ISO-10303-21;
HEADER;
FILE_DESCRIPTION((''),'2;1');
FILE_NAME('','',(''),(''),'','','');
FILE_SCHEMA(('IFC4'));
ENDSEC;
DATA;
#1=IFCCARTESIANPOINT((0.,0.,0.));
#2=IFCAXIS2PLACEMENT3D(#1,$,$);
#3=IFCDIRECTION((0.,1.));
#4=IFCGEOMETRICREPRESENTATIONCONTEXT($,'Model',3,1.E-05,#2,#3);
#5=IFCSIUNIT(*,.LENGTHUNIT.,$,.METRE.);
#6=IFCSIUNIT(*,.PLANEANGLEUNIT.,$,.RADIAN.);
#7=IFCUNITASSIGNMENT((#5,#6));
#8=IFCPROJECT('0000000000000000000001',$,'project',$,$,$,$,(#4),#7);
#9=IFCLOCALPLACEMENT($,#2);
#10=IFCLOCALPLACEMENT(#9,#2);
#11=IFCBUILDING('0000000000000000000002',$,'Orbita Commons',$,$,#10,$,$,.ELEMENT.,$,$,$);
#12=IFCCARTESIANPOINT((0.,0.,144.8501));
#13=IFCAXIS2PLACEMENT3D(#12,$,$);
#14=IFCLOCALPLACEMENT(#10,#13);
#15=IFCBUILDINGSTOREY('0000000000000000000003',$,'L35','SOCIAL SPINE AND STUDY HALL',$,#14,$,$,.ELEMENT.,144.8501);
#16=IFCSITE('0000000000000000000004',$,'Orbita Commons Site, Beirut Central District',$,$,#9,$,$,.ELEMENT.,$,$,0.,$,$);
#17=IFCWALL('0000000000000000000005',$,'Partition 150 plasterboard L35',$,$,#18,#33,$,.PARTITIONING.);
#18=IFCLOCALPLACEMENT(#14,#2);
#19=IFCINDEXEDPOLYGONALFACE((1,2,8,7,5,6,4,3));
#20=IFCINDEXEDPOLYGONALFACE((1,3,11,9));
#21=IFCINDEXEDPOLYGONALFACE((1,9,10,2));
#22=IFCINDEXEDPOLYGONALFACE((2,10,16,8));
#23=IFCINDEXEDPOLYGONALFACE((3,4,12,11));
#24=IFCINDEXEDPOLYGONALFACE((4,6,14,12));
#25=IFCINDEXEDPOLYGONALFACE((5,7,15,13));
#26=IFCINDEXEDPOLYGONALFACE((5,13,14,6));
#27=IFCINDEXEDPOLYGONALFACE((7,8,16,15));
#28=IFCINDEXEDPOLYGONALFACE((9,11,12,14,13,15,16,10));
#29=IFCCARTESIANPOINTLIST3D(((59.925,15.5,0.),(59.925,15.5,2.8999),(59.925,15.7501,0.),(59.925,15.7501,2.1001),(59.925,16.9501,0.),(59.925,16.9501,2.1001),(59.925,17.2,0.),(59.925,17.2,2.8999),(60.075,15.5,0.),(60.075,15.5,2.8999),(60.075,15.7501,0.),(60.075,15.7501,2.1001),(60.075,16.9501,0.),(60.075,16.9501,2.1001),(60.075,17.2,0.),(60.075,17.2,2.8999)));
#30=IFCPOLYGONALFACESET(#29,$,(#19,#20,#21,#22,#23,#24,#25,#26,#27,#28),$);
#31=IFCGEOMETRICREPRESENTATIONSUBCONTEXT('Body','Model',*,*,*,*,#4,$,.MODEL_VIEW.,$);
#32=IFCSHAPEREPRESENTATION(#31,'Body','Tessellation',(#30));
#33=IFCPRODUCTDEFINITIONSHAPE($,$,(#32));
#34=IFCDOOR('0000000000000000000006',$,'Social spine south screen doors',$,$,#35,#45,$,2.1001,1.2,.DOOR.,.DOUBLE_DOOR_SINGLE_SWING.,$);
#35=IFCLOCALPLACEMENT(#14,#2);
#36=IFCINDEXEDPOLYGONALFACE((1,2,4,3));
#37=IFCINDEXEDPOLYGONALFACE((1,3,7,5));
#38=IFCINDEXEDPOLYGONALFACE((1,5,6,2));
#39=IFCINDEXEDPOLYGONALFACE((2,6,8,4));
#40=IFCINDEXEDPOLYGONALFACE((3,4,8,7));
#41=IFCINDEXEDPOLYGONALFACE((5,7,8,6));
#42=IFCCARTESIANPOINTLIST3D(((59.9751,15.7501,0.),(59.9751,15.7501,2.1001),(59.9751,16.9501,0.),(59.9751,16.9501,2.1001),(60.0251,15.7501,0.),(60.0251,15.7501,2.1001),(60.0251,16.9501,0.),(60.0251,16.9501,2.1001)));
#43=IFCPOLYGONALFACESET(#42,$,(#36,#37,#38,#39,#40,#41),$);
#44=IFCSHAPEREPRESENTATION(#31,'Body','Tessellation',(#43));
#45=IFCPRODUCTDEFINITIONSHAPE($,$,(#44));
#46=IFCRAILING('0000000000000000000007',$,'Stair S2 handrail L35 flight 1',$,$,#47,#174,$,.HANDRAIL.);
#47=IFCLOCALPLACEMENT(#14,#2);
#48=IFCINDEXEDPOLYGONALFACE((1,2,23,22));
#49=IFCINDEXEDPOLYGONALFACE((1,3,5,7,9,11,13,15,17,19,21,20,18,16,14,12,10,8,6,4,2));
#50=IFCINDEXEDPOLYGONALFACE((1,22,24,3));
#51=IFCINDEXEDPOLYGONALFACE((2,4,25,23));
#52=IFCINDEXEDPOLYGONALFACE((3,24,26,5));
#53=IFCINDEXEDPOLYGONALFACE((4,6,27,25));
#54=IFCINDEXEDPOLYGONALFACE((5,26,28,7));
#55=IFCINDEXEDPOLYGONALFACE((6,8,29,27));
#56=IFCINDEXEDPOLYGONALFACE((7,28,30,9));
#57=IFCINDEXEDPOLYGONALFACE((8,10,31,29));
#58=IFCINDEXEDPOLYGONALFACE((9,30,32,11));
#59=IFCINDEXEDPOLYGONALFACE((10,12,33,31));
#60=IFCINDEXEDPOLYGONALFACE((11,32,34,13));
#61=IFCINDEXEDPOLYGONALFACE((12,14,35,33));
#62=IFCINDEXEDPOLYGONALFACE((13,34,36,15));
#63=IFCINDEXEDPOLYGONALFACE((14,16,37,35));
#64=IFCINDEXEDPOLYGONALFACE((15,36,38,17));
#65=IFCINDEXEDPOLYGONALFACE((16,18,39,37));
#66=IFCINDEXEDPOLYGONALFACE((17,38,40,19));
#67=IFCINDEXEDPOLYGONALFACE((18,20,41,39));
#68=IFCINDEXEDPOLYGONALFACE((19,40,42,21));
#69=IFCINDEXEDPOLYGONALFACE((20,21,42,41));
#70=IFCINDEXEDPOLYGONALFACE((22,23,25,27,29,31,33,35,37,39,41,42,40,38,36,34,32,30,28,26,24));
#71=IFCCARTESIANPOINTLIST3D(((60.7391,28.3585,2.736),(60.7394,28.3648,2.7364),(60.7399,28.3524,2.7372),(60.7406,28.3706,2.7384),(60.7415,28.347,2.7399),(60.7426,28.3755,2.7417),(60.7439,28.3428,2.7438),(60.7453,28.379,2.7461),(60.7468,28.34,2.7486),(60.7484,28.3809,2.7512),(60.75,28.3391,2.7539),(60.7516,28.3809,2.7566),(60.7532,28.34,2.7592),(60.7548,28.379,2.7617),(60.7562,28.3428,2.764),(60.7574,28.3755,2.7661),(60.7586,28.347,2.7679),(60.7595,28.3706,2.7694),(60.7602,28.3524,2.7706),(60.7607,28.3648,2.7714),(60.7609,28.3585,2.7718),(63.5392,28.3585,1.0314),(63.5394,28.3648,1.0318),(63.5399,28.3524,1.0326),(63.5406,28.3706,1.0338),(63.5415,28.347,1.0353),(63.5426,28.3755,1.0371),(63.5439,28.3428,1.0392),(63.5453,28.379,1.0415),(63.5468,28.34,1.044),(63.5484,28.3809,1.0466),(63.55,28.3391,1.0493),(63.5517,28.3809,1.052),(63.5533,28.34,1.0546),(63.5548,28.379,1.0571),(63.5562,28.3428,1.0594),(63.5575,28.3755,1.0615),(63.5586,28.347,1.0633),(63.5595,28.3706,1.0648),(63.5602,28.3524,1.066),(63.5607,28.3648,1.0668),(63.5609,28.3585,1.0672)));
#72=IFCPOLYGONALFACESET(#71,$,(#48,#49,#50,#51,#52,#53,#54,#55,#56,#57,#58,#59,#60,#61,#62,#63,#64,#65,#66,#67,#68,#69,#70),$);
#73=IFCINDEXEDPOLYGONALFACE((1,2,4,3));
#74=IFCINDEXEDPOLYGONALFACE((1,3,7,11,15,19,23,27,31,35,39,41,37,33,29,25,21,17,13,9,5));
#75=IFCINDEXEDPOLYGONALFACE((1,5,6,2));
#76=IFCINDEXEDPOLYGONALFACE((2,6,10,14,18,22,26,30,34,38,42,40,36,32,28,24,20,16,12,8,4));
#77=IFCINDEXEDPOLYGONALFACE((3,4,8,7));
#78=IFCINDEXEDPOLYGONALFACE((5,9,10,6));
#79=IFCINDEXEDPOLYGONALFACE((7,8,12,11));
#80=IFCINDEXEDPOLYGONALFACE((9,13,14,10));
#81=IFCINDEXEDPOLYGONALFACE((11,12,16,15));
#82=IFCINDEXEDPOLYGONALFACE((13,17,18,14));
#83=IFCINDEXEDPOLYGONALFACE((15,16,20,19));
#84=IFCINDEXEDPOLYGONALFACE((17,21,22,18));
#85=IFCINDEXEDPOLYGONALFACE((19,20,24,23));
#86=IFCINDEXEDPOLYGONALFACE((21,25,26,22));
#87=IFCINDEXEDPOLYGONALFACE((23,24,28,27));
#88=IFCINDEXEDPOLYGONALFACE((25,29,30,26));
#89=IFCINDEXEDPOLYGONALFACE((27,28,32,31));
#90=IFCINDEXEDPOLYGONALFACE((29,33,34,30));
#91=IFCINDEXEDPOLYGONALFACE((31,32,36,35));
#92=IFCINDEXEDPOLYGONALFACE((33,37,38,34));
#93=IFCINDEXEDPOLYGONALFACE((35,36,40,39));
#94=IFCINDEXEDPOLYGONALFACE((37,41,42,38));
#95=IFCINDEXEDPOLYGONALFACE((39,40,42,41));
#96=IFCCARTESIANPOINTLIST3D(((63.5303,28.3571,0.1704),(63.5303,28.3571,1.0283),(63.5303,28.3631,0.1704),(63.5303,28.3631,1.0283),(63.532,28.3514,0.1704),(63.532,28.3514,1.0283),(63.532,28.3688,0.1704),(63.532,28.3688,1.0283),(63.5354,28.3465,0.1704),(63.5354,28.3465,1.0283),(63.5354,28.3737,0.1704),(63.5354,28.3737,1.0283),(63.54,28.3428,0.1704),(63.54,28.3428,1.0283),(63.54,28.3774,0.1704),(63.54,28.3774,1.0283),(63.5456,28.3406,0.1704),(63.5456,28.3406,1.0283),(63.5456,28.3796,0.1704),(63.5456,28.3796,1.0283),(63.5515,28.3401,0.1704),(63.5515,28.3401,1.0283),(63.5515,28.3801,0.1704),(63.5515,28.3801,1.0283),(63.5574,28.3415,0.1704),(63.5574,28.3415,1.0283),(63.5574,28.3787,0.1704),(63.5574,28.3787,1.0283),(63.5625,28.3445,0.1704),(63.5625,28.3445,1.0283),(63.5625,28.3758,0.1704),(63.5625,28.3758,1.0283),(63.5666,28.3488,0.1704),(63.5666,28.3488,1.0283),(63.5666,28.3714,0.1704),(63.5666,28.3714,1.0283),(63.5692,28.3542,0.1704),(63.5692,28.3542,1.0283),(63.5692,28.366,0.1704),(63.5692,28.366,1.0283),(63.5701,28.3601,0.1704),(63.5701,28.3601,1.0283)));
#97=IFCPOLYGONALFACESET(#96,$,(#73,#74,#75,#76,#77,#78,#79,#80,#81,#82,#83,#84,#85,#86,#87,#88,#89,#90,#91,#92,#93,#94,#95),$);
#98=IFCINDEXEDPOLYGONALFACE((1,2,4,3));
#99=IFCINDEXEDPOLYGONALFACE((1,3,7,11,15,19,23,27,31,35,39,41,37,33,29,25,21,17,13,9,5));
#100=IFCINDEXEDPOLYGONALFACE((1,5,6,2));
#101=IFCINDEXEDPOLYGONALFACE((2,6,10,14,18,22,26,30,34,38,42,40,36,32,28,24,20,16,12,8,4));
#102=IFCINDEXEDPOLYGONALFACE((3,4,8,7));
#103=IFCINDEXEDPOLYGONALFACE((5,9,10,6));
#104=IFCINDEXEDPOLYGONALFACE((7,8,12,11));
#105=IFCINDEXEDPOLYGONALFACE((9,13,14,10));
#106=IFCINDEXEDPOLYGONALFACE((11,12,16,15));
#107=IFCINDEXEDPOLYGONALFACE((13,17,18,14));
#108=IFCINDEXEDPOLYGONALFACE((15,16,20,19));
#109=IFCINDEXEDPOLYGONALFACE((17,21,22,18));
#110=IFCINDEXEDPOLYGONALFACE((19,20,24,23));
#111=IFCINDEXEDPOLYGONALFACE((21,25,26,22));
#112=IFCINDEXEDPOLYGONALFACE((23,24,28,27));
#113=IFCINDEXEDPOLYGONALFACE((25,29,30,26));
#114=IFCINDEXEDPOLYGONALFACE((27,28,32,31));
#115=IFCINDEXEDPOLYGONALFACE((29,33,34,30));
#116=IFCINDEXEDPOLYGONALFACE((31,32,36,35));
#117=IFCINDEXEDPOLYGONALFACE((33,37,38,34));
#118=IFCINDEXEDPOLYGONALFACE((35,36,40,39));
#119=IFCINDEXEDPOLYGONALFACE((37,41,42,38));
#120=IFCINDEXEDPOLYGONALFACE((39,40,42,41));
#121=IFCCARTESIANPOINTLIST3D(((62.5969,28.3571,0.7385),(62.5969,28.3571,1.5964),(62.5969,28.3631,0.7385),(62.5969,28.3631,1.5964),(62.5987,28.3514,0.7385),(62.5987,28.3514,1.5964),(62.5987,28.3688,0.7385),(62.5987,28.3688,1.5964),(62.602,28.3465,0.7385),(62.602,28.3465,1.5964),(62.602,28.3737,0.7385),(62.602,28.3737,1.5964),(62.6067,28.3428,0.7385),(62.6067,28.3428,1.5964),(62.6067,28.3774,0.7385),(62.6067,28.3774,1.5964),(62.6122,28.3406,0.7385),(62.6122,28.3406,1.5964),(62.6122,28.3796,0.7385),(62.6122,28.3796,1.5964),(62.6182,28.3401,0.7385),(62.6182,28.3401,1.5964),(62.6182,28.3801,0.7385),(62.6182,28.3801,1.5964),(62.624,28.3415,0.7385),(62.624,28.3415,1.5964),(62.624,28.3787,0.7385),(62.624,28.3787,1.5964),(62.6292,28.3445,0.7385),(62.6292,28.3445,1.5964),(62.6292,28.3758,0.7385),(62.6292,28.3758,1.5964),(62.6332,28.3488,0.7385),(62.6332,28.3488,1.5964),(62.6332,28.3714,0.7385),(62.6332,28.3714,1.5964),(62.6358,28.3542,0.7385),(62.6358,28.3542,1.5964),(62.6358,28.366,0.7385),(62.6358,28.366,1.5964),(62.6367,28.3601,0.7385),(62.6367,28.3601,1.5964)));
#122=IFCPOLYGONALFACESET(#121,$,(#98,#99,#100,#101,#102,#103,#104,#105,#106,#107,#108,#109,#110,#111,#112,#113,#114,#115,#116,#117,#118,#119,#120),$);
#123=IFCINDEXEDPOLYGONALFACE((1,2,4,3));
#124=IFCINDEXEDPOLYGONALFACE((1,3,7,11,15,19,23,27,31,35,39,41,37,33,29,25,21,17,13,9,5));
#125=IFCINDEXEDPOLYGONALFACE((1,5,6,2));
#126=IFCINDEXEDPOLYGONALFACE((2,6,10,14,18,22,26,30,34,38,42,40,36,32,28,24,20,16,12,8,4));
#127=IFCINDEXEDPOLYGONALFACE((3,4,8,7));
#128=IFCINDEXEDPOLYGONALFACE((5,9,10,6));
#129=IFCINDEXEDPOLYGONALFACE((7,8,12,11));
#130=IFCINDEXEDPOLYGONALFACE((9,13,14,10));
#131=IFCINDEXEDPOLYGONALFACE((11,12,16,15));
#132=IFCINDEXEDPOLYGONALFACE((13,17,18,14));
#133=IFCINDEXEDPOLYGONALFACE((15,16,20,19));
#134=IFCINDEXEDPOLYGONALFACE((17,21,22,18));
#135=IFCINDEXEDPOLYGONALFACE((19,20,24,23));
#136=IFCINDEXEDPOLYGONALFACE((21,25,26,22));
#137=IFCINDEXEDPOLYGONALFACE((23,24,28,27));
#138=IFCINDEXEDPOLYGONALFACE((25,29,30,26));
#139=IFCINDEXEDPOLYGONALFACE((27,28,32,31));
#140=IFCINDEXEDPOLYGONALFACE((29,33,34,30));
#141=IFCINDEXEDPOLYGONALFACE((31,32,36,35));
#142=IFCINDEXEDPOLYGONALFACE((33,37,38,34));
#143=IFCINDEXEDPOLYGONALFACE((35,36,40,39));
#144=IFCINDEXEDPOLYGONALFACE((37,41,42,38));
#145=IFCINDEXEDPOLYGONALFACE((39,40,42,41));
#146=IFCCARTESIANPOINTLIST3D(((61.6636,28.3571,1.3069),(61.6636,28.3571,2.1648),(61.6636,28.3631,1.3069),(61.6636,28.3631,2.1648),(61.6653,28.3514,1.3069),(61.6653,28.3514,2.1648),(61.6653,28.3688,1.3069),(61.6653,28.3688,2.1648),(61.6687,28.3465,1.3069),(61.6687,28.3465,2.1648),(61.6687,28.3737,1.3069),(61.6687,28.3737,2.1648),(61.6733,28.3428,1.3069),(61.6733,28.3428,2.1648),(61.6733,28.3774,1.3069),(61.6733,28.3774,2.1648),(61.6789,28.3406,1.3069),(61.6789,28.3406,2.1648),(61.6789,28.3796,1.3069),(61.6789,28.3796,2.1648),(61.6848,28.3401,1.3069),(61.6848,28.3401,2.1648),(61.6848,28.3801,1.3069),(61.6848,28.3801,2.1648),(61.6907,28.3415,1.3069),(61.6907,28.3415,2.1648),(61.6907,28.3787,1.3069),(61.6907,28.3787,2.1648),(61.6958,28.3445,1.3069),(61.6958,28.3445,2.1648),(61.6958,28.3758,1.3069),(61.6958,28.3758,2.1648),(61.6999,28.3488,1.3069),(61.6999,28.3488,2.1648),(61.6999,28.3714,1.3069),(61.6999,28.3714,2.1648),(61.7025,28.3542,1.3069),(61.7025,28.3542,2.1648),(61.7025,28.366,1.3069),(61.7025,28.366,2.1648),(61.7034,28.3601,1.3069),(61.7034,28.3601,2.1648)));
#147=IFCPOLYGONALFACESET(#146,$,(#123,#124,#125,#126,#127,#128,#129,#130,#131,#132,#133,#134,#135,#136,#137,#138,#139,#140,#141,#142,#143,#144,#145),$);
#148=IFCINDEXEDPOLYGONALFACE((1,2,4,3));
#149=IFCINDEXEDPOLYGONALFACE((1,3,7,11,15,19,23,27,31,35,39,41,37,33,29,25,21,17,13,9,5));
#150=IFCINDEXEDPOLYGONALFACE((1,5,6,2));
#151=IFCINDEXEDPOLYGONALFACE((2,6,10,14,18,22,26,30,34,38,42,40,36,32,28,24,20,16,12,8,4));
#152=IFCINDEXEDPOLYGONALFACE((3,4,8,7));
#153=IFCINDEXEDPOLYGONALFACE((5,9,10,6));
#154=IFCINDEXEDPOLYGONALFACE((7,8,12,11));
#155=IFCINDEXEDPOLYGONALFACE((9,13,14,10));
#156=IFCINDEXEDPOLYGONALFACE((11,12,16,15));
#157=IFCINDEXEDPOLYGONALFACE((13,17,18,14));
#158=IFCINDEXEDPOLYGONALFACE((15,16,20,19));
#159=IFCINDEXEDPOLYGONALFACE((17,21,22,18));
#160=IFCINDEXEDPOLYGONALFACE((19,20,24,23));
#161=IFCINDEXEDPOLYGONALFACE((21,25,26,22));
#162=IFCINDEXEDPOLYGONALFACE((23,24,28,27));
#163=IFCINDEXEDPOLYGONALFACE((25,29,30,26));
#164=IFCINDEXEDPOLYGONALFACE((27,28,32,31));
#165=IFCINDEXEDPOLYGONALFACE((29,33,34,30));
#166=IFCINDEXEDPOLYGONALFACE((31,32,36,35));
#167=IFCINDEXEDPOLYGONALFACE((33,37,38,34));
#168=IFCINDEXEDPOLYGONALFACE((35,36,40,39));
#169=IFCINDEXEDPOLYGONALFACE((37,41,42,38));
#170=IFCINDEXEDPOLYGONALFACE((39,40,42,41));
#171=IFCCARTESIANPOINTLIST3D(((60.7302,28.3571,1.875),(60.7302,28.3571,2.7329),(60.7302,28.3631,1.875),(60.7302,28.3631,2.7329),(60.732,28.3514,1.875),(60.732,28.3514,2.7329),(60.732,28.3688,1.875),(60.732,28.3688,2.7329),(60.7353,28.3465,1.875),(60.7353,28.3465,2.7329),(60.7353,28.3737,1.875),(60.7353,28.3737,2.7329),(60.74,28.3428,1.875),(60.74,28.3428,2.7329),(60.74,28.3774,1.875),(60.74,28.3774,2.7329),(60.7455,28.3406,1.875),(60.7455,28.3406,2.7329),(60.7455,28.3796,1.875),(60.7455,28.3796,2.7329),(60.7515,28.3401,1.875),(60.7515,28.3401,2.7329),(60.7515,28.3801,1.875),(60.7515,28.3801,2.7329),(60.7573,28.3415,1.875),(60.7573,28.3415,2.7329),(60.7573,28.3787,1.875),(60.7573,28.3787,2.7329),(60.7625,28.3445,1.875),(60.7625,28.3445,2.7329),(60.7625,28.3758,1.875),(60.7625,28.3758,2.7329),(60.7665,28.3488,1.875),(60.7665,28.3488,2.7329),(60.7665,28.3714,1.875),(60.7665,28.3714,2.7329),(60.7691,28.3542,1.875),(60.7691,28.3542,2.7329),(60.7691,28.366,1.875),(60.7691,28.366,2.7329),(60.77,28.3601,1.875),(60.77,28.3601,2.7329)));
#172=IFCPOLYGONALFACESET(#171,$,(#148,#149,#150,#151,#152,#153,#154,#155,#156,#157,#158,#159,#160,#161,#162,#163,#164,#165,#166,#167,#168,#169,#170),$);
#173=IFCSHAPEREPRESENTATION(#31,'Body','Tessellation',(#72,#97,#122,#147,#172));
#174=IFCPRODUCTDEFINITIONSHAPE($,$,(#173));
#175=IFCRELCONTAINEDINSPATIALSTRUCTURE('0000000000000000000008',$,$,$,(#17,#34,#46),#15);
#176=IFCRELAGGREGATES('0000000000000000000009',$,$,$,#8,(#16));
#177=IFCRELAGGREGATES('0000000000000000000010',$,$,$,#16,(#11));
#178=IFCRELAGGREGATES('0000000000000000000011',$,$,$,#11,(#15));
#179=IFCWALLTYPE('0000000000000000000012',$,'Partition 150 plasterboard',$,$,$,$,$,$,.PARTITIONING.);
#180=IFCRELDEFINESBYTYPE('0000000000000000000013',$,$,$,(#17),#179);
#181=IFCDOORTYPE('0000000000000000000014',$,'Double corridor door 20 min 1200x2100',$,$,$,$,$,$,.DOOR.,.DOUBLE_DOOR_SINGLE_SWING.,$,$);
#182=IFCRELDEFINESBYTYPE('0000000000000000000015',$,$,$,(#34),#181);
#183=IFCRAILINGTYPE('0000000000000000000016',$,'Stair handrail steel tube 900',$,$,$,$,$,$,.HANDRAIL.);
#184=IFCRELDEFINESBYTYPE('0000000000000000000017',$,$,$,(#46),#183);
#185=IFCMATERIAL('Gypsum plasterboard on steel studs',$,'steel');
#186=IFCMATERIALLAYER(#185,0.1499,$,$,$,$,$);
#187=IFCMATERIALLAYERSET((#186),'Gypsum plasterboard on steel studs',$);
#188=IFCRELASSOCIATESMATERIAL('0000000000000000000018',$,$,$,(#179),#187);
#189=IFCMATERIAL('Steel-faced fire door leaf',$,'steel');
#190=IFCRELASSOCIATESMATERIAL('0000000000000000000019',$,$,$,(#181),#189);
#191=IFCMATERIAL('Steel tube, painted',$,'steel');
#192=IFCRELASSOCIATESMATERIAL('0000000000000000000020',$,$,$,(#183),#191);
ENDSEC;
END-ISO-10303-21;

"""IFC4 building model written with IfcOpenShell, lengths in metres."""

from ifc_helpers import new_model, si_unit, direction, frame, frame_2d, origin, origin_2d, place, context, subcontext, project, spatial, polyline, rectangle, circle, outline, extrude, material, layer, layer_set, type_object, element, fill, save


model = new_model("IFC4")

# Units and contexts
model_context = context("Model", 3, precision=1e-05, world=origin(), true_north=direction((0.0, 1.0)))
body_context = subcontext(model_context, "Body", "Model", "MODEL_VIEW")
ifc_project = project(units=[si_unit("LENGTHUNIT", "METRE"), si_unit("PLANEANGLEUNIT", "RADIAN")], contexts=[model_context])

# Site, building, storey
site_placement = place(None, origin())
site = spatial("IfcSite", under=ifc_project, at=site_placement, Name="Orbita Commons Site, Beirut Central District", CompositionType="ELEMENT", RefElevation=0.0)
building_placement = place(site_placement, origin())
building = spatial("IfcBuilding", under=site, at=building_placement, Name="Orbita Commons", CompositionType="ELEMENT")
storey_placement = place(building_placement, frame((0.0, 0.0, 144.8501)))
storey = spatial("IfcBuildingStorey", under=building, at=storey_placement, Name="L35", Description="SOCIAL SPINE AND STUDY HALL", CompositionType="ELEMENT", Elevation=144.8501)

# Wall, opening, door
ifc_material_1 = material(Name="Gypsum plasterboard on steel studs", Category="steel")
ifc_layer_1 = layer(ifc_material_1, 0.1499)
ifc_layer_set_1 = layer_set([ifc_layer_1], Name="Gypsum plasterboard on steel studs")
wall_type_1 = type_object("IfcWallType", Name="Partition 150 plasterboard", PredefinedType="PARTITIONING", material=ifc_layer_set_1)
wall_1_placement = place(storey_placement, frame((60.0, 15.5, 0.0), z_axis=(0.0, 0.0, 1.0), x_axis=(0.0, 1.0, 0.0)))
wall_1 = element("IfcWall", 1, at=wall_1_placement, inside=storey, type_object=wall_type_1, Name="Partition 150 plasterboard L35", PredefinedType="PARTITIONING", context=body_context, shape_type="SweptSolid", body=[
    extrude(outline(polyline([(0.0, 0.0), (1.7, 0.0), (1.7, 2.8999), (0.0, 2.8999), (0.0, 0.0)])), frame((0.0, 0.075, 0.0), z_axis=(0.0, -1.0, 0.0), x_axis=(1.0, 0.0, 0.0)), (0.0, 0.0, 1.0), 0.1499),
])
opening_1_placement = place(wall_1_placement, frame((0.25, 0.0, 0.0)))
opening_1 = element("IfcOpeningElement", 2, at=opening_1_placement, cuts=wall_1, PredefinedType="OPENING", context=body_context, shape_type="SweptSolid", body=[
    extrude(rectangle(XDim=1.2, YDim=2.1001, at=frame_2d((0.6001, 1.05))), frame((0.0, 0.085, 0.0), z_axis=(0.0, -1.0, 0.0), x_axis=(1.0, 0.0, 0.0)), (0.0, 0.0, 1.0), 0.1699),
])
ifc_material_2 = material(Name="Steel-faced fire door leaf", Category="steel")
door_type_1 = type_object("IfcDoorType", Name="Double corridor door 20 min 1200x2100", OperationType="DOUBLE_DOOR_SINGLE_SWING", PredefinedType="DOOR", material=ifc_material_2)
door_1_placement = place(opening_1_placement, origin())
door_1 = element("IfcDoor", 3, at=door_1_placement, inside=storey, type_object=door_type_1, Name="Social spine south screen doors", OperationType="DOUBLE_DOOR_SINGLE_SWING", OverallHeight=2.1001, OverallWidth=1.2, PredefinedType="DOOR", context=body_context, shape_type="SweptSolid", body=[
    extrude(rectangle(XDim=1.2, YDim=2.1001, at=frame_2d((0.6001, 1.05))), frame((0.0, 0.0249, 0.0), z_axis=(0.0, -1.0, 0.0), x_axis=(1.0, 0.0, 0.0)), (0.0, 0.0, 1.0), 0.05),
])
fill(opening_1, door_1)

# Railing
ifc_material_3 = material(Name="Steel tube, painted", Category="steel")
railing_type = type_object("IfcRailingType", Name="Stair handrail steel tube 900", PredefinedType="HANDRAIL", material=ifc_material_3)
railing_placement = place(storey_placement, frame((63.55, 28.3601, 0.1704)))
element("IfcRailing", 4, at=railing_placement, inside=storey, type_object=railing_type, Name="Stair S2 handrail L35 flight 1", PredefinedType="HANDRAIL", context=body_context, shape_type="SweptSolid", body=[
    extrude(circle(Radius=0.021, at=origin_2d()), frame((0.0, 0.0, 0.8789), z_axis=(-0.85417, 0.0, 0.519994), x_axis=(0.0, -1.0, 0.0)), (0.0, 0.0, 1.0), 3.2781),
    extrude(circle(Radius=0.02, at=origin_2d()), origin(), (0.0, 0.0, 1.0), 0.8579),
    extrude(circle(Radius=0.02, at=origin_2d()), frame((-0.9333, 0.0, 0.5681)), (0.0, 0.0, 1.0), 0.8579),
    extrude(circle(Radius=0.02, at=origin_2d()), frame((-1.8667, 0.0, 1.1365)), (0.0, 0.0, 1.0), 0.8579),
    extrude(circle(Radius=0.02, at=origin_2d()), frame((-2.8, 0.0, 1.7046)), (0.0, 0.0, 1.0), 0.8579),
])

save(model, "model.ifc")
